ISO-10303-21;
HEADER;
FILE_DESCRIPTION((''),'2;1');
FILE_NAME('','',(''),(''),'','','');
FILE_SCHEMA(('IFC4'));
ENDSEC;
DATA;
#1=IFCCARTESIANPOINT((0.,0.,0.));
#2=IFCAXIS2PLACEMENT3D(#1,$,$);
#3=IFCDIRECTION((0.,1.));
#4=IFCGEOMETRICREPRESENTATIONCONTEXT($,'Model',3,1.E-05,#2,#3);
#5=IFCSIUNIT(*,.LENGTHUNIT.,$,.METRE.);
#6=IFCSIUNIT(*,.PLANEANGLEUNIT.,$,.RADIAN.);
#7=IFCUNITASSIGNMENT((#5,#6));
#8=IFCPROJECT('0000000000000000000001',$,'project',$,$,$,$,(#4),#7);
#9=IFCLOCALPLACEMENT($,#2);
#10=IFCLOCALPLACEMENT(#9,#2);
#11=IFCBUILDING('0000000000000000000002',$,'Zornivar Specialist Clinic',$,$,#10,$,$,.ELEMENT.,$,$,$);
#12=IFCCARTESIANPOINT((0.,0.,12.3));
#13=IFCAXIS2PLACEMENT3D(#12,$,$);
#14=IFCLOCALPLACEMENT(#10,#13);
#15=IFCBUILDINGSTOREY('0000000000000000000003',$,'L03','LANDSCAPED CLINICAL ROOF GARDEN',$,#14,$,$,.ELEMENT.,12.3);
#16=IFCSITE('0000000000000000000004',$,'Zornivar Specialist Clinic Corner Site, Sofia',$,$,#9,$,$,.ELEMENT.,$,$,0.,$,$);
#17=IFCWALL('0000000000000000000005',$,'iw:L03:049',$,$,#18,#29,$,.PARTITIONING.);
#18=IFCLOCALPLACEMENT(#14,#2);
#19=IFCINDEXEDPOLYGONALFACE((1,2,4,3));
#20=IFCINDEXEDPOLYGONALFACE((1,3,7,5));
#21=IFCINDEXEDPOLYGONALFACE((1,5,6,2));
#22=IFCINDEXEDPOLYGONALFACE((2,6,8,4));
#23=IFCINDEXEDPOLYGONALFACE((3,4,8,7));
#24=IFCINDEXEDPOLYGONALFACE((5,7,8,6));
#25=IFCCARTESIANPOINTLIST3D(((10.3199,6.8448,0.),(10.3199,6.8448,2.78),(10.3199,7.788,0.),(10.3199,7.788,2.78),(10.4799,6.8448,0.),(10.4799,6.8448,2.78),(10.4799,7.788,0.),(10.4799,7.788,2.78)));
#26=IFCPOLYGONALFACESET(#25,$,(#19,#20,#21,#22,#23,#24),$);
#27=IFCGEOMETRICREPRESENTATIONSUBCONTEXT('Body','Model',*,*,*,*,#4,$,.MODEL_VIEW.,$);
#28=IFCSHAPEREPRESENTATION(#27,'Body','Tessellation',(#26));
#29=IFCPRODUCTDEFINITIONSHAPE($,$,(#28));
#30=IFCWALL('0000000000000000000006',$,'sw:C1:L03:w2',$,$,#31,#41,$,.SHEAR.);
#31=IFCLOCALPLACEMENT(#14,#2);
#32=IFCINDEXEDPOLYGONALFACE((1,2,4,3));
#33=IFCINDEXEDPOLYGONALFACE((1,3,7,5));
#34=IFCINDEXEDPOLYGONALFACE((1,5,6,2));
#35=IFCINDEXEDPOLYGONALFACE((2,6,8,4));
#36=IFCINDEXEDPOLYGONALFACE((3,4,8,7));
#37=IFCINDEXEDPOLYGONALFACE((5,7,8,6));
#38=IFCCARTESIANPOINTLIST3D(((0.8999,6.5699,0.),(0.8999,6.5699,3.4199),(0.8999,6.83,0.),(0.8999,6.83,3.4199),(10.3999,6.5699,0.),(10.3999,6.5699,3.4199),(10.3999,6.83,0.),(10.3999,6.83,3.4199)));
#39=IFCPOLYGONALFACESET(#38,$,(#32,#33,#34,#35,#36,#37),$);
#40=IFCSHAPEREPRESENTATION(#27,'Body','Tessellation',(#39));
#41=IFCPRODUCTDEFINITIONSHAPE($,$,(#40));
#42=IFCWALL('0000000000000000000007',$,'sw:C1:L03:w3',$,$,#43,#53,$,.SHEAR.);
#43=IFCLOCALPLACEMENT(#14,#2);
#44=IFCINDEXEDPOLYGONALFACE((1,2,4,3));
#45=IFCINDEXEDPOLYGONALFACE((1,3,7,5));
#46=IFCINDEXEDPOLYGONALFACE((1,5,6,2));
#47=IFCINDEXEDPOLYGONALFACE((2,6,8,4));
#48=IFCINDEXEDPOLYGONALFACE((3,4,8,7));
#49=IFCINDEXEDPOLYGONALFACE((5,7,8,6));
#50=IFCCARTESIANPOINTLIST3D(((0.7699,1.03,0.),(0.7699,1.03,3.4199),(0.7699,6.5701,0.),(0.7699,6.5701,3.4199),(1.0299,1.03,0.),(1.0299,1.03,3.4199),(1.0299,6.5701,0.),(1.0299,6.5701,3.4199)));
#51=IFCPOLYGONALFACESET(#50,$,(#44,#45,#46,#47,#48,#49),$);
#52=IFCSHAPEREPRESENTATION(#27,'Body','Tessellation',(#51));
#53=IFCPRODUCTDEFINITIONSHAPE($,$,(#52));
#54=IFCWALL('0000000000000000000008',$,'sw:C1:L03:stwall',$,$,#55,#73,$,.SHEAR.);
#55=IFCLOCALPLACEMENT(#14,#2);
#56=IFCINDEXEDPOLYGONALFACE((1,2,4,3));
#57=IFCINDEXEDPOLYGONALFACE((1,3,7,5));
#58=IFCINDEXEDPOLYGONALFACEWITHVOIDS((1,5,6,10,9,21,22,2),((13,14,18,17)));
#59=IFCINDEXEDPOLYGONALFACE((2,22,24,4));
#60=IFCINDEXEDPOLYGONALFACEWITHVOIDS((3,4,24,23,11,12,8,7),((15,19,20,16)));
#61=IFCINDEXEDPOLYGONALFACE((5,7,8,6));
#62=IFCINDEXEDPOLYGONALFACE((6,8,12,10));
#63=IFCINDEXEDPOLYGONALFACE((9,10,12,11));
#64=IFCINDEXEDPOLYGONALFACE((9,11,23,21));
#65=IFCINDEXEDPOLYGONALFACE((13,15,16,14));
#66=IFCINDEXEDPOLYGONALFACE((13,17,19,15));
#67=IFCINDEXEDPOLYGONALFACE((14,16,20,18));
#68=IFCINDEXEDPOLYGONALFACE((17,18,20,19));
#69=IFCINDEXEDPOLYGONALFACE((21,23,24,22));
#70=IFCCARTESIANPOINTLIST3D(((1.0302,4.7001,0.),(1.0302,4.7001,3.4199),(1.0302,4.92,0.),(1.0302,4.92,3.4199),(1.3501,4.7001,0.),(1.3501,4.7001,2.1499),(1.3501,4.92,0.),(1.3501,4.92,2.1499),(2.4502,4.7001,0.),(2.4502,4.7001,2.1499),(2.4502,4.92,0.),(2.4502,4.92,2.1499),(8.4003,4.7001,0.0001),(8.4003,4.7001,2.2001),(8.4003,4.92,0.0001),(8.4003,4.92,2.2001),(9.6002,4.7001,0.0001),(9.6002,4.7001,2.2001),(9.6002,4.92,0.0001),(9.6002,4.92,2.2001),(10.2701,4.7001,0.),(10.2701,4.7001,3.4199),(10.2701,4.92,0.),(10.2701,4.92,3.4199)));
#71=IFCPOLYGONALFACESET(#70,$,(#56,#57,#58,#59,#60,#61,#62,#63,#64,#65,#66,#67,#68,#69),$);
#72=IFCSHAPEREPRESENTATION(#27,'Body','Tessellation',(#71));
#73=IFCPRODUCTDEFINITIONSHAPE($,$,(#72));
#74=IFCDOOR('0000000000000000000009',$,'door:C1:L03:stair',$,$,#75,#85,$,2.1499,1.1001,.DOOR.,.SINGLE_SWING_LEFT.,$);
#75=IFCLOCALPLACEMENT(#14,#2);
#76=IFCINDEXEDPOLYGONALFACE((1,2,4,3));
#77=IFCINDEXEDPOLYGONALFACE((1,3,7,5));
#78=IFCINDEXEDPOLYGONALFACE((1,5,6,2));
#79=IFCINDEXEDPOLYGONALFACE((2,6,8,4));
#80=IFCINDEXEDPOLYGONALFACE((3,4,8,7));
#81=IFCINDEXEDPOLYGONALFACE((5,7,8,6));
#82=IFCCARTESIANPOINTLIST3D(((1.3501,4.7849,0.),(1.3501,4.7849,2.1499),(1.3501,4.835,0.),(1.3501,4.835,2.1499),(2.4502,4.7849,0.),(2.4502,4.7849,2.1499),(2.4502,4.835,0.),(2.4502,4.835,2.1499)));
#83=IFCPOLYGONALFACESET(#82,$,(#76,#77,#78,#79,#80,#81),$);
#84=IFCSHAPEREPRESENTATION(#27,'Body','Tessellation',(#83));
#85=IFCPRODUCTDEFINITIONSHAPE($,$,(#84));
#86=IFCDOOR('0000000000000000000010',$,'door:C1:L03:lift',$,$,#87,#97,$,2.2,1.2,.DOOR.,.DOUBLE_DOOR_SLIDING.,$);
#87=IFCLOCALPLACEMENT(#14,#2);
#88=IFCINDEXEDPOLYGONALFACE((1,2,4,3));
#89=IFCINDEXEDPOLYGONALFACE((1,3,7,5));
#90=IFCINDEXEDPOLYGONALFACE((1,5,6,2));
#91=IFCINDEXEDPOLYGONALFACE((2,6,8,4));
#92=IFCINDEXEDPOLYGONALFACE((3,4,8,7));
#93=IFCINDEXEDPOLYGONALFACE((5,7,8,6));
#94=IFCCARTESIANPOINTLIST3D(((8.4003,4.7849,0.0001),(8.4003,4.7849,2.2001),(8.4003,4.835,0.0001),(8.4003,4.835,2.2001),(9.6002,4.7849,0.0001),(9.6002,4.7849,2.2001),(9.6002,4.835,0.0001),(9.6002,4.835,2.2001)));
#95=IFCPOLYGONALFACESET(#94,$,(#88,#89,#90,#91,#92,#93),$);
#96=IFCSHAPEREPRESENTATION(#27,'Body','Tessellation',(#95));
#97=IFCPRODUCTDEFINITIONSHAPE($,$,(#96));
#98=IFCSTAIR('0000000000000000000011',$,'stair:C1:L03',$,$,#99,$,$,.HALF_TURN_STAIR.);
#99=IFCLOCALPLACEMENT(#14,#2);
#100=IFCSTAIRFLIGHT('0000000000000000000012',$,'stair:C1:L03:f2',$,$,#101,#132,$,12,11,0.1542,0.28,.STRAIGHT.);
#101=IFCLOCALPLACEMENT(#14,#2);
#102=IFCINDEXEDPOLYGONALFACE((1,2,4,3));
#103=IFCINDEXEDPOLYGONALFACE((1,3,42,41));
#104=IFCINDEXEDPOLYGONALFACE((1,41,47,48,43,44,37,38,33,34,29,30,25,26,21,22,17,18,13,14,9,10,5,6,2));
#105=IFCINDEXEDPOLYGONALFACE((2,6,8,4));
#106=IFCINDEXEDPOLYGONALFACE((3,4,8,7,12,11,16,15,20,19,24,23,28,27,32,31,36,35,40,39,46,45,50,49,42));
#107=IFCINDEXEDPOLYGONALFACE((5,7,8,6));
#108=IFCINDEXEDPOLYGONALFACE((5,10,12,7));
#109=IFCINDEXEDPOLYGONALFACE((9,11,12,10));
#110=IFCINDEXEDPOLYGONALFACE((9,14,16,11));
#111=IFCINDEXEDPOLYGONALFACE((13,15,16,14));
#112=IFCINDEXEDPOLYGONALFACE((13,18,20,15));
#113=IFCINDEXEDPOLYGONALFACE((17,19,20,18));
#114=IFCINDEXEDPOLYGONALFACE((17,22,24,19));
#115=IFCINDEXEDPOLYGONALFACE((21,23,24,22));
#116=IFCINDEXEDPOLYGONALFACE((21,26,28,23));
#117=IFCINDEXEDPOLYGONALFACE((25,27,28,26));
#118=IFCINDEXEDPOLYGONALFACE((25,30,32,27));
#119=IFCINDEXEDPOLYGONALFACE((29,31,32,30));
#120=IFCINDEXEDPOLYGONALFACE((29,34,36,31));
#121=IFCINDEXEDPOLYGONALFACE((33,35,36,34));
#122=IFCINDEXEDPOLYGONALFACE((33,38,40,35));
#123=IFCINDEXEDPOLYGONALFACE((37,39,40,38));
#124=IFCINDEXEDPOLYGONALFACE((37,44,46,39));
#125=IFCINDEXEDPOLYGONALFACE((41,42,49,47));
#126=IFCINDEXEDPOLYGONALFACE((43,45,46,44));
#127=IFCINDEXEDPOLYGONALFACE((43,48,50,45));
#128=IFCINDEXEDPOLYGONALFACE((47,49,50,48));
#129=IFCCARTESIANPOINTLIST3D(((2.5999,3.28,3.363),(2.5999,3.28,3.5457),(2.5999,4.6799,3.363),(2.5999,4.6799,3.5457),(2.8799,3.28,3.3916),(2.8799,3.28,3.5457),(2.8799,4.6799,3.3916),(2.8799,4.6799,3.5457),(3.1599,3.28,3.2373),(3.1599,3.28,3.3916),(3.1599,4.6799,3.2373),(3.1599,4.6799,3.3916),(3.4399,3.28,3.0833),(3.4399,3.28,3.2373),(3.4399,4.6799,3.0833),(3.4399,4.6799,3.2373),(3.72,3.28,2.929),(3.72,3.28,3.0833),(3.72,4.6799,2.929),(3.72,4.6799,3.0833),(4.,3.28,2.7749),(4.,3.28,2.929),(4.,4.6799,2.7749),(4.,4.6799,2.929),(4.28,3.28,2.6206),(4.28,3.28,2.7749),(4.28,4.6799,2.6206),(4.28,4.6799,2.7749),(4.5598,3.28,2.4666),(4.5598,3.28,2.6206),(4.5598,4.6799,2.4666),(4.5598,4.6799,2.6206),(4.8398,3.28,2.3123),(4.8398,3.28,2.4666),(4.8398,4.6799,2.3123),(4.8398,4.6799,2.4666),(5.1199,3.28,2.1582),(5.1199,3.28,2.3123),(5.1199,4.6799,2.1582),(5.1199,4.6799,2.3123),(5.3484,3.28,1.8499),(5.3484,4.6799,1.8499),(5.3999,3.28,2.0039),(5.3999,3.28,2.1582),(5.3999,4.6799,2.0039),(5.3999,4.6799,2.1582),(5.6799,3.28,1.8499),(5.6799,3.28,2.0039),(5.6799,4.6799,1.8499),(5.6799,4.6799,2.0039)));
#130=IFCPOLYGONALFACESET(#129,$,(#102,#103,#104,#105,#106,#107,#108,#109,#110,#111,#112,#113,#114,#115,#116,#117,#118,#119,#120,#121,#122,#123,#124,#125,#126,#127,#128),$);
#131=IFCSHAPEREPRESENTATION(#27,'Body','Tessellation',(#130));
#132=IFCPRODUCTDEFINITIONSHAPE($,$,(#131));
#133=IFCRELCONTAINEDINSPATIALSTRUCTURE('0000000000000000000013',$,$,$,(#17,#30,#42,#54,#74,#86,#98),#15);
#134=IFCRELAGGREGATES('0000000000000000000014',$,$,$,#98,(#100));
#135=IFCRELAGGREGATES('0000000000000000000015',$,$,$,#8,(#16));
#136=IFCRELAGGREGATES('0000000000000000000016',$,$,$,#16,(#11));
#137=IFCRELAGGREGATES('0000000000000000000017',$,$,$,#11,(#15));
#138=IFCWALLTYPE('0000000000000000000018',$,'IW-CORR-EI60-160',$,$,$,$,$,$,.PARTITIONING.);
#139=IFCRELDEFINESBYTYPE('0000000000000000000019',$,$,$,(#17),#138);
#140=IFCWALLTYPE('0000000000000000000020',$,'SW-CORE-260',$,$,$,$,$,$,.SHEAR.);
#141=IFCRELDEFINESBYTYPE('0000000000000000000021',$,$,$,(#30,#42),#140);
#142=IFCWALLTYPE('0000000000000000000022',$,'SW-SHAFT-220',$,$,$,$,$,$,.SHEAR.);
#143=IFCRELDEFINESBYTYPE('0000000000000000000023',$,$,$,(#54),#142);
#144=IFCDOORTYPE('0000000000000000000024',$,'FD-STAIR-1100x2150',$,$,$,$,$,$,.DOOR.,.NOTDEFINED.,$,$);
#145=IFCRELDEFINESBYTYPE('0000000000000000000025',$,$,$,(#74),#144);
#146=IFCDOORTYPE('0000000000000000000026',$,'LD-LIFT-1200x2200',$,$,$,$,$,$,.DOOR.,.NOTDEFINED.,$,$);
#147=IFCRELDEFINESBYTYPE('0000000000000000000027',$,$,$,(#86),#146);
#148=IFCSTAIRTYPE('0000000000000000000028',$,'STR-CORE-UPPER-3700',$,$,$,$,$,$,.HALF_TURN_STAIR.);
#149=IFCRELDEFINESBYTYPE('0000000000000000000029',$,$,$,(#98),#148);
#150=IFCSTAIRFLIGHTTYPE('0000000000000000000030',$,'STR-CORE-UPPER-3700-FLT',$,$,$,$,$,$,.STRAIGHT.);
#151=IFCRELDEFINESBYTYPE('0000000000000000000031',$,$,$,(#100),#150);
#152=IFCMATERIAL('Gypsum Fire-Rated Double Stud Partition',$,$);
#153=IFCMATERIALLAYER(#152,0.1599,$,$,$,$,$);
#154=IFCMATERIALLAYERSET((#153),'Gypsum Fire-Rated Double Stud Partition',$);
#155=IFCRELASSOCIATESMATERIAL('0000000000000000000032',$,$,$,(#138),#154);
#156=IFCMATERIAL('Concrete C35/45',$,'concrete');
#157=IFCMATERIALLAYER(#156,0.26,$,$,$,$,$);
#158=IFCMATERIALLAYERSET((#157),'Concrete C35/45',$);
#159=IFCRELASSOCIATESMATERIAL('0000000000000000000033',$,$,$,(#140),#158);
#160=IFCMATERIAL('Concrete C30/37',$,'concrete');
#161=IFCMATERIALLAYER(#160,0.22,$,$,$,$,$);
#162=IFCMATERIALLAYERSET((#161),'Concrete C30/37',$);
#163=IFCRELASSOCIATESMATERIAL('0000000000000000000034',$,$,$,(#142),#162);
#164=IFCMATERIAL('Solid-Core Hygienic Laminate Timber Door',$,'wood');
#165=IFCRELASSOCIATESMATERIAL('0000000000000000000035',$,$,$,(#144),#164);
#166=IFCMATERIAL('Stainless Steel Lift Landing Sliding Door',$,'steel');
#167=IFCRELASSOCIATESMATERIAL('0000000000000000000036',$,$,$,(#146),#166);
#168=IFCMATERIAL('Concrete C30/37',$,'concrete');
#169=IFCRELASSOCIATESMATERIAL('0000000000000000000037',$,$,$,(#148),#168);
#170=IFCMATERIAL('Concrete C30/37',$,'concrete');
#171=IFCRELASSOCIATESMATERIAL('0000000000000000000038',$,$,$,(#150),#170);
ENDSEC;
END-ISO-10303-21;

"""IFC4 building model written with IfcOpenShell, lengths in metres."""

from ifc_helpers import new_model, si_unit, direction, frame, frame_2d, origin, place, context, subcontext, project, spatial, polyline, rectangle, outline, extrude, material, layer, layer_set, type_object, element, fill, aggregate, save


model = new_model("IFC4")

# Units and contexts
model_context = context("Model", 3, precision=1e-05, world=origin(), true_north=direction((0.0, 1.0)))
body_context = subcontext(model_context, "Body", "Model", "MODEL_VIEW")
ifc_project = project(units=[si_unit("LENGTHUNIT", "METRE"), si_unit("PLANEANGLEUNIT", "RADIAN")], contexts=[model_context])

# Site, building, storey
site_placement = place(None, origin())
site = spatial("IfcSite", under=ifc_project, at=site_placement, Name="Zornivar Specialist Clinic Corner Site, Sofia", CompositionType="ELEMENT", RefElevation=0.0)
building_placement = place(site_placement, origin())
building = spatial("IfcBuilding", under=site, at=building_placement, Name="Zornivar Specialist Clinic", CompositionType="ELEMENT")
storey_placement = place(building_placement, frame((0.0, 0.0, 12.3)))
storey = spatial("IfcBuildingStorey", under=building, at=storey_placement, Name="L03", Description="LANDSCAPED CLINICAL ROOF GARDEN", CompositionType="ELEMENT", Elevation=12.3)

# Walls
ifc_material_1 = material(Name="Gypsum Fire-Rated Double Stud Partition")
ifc_layer_1 = layer(ifc_material_1, 0.1599)
ifc_layer_set_1 = layer_set([ifc_layer_1], Name="Gypsum Fire-Rated Double Stud Partition")
wall_type_1 = type_object("IfcWallType", Name="IW-CORR-EI60-160", PredefinedType="PARTITIONING", material=ifc_layer_set_1)
wall_1_placement = place(storey_placement, frame((10.3999, 7.7881, 0.0), z_axis=(0.0, 0.0, 1.0), x_axis=(0.0, -1.0, 0.0)))
element("IfcWall", 1, at=wall_1_placement, inside=storey, type_object=wall_type_1, Name="iw:L03:049", PredefinedType="PARTITIONING", context=body_context, shape_type="SweptSolid", body=[
    extrude(rectangle(XDim=0.9431, YDim=0.1599, at=frame_2d((0.4717, 0.0))), origin(), (0.0, 0.0, 1.0), 2.78),
])
ifc_material_2 = material(Name="Concrete C35/45", Category="concrete")
ifc_layer_2 = layer(ifc_material_2, 0.26)
ifc_layer_set_2 = layer_set([ifc_layer_2], Name="Concrete C35/45")
wall_type_2 = type_object("IfcWallType", Name="SW-CORE-260", PredefinedType="SHEAR", material=ifc_layer_set_2)
wall_2_placement = place(storey_placement, frame((10.3999, 6.7, 0.0), z_axis=(0.0, 0.0, 1.0), x_axis=(-1.0, 0.0, 0.0)))
element("IfcWall", 2, at=wall_2_placement, inside=storey, type_object=wall_type_2, Name="sw:C1:L03:w2", PredefinedType="SHEAR", context=body_context, shape_type="SweptSolid", body=[
    extrude(rectangle(XDim=9.5, YDim=0.26, at=frame_2d((4.75, 0.0))), origin(), (0.0, 0.0, 1.0), 3.4199),
])
wall_3_placement = place(storey_placement, frame((0.8999, 6.5701, 0.0), z_axis=(0.0, 0.0, 1.0), x_axis=(0.0, -1.0, 0.0)))
element("IfcWall", 3, at=wall_3_placement, inside=storey, type_object=wall_type_2, Name="sw:C1:L03:w3", PredefinedType="SHEAR", context=body_context, shape_type="SweptSolid", body=[
    extrude(rectangle(XDim=5.54, YDim=0.26, at=frame_2d((2.77, 0.0))), origin(), (0.0, 0.0, 1.0), 3.4199),
])

# Wall, openings, doors
ifc_material_3 = material(Name="Concrete C30/37", Category="concrete")
ifc_layer_3 = layer(ifc_material_3, 0.22)
ifc_layer_set_3 = layer_set([ifc_layer_3], Name="Concrete C30/37")
wall_type_3 = type_object("IfcWallType", Name="SW-SHAFT-220", PredefinedType="SHEAR", material=ifc_layer_set_3)
wall_4_placement = place(storey_placement, frame((1.03, 4.8101, 0.0), z_axis=(0.0, 0.0, 1.0), x_axis=(1.0, 0.0, 0.0)))
wall_4 = element("IfcWall", 4, at=wall_4_placement, inside=storey, type_object=wall_type_3, Name="sw:C1:L03:stwall", PredefinedType="SHEAR", context=body_context, shape_type="SweptSolid", body=[
    extrude(rectangle(XDim=9.24, YDim=0.22, at=frame_2d((4.6201, 0.0))), origin(), (0.0, 0.0, 1.0), 3.4199),
])
opening_1_placement = place(wall_4_placement, frame((0.3201, 0.0, 0.0)))
opening_1 = element("IfcOpeningElement", 5, at=opening_1_placement, cuts=wall_4, PredefinedType="OPENING", context=body_context, shape_type="SweptSolid", body=[
    extrude(rectangle(XDim=1.1001, YDim=2.1499, at=frame_2d((0.55, 1.075))), frame((0.0, 0.1199, 0.0), z_axis=(0.0, -1.0, 0.0), x_axis=(1.0, 0.0, 0.0)), (0.0, 0.0, 1.0), 0.24),
])
opening_2_placement = place(wall_4_placement, frame((7.3701, 0.0, 0.0)))
opening_2 = element("IfcOpeningElement", 6, at=opening_2_placement, cuts=wall_4, PredefinedType="OPENING", context=body_context, shape_type="SweptSolid", body=[
    extrude(rectangle(XDim=1.2, YDim=2.2, at=frame_2d((0.6001, 1.1001))), frame((0.0, 0.1199, 0.0), z_axis=(0.0, -1.0, 0.0), x_axis=(1.0, 0.0, 0.0)), (0.0, 0.0, 1.0), 0.24),
])
ifc_material_4 = material(Name="Solid-Core Hygienic Laminate Timber Door", Category="wood")
door_type_1 = type_object("IfcDoorType", Name="FD-STAIR-1100x2150", OperationType="NOTDEFINED", PredefinedType="DOOR", material=ifc_material_4)
door_1_placement = place(opening_1_placement, origin())
door_1 = element("IfcDoor", 7, at=door_1_placement, inside=storey, type_object=door_type_1, Name="door:C1:L03:stair", OperationType="SINGLE_SWING_LEFT", OverallHeight=2.1499, OverallWidth=1.1001, PredefinedType="DOOR", context=body_context, shape_type="SweptSolid", body=[
    extrude(rectangle(XDim=1.1001, YDim=2.1499, at=frame_2d((0.55, 1.075))), frame((0.0, 0.0249, 0.0), z_axis=(0.0, -1.0, 0.0), x_axis=(1.0, 0.0, 0.0)), (0.0, 0.0, 1.0), 0.05),
])
fill(opening_1, door_1)
ifc_material_5 = material(Name="Stainless Steel Lift Landing Sliding Door", Category="steel")
door_type_2 = type_object("IfcDoorType", Name="LD-LIFT-1200x2200", OperationType="NOTDEFINED", PredefinedType="DOOR", material=ifc_material_5)
door_2_placement = place(opening_2_placement, origin())
door_2 = element("IfcDoor", 8, at=door_2_placement, inside=storey, type_object=door_type_2, Name="door:C1:L03:lift", OperationType="DOUBLE_DOOR_SLIDING", OverallHeight=2.2, OverallWidth=1.2, PredefinedType="DOOR", context=body_context, shape_type="SweptSolid", body=[
    extrude(rectangle(XDim=1.2, YDim=2.2, at=frame_2d((0.6001, 1.1001))), frame((0.0, 0.0249, 0.0), z_axis=(0.0, -1.0, 0.0), x_axis=(1.0, 0.0, 0.0)), (0.0, 0.0, 1.0), 0.05),
])
fill(opening_2, door_2)

# Stair, stair flight
ifc_material_6 = material(Name="Concrete C30/37", Category="concrete")
stair_type = type_object("IfcStairType", Name="STR-CORE-UPPER-3700", PredefinedType="HALF_TURN_STAIR", material=ifc_material_6)
stair_placement = place(storey_placement, origin())
stair = element("IfcStair", 9, at=stair_placement, inside=storey, type_object=stair_type, Name="stair:C1:L03", PredefinedType="HALF_TURN_STAIR")
ifc_material_7 = material(Name="Concrete C30/37", Category="concrete")
stair_flight_type = type_object("IfcStairFlightType", Name="STR-CORE-UPPER-3700-FLT", PredefinedType="STRAIGHT", material=ifc_material_7)
stair_flight_placement = place(storey_placement, frame((5.6799, 3.98, 1.8499), z_axis=(0.0, 0.0, 1.0), x_axis=(-1.0, 0.0, 0.0)))
stair_flight = element("IfcStairFlight", 10, at=stair_flight_placement, type_object=stair_flight_type, Name="stair:C1:L03:f2", NumberOfRisers=12, NumberOfTreads=11, PredefinedType="STRAIGHT", RiserHeight=0.1542, TreadLength=0.28, context=body_context, shape_type="SweptSolid", body=[
    extrude(outline(polyline([(0.0, 0.0), (0.0, 0.1541), (0.28, 0.1541), (0.28, 0.3083), (0.5601, 0.3083), (0.5601, 0.4624), (0.8401, 0.4624), (0.8401, 0.6167), (1.1201, 0.6167), (1.1201, 0.7708), (1.3999, 0.7708), (1.3999, 0.925), (1.6799, 0.925), (1.6799, 1.0791), (1.96, 1.0791), (1.96, 1.2334), (2.24, 1.2334), (2.24, 1.3875), (2.52, 1.3875), (2.52, 1.5417), (2.8, 1.5417), (2.8, 1.6958), (3.0801, 1.6958), (3.0801, 1.8501), (3.0801, 1.5132), (0.3315, 0.0), (0.0, 0.0)])), frame((0.0, 0.7, 0.0), z_axis=(0.0, -1.0, 0.0), x_axis=(1.0, 0.0, 0.0)), (0.0, 0.0, 1.0), 1.3999),
])
aggregate(stair, [stair_flight])

save(model, "model.ifc")
